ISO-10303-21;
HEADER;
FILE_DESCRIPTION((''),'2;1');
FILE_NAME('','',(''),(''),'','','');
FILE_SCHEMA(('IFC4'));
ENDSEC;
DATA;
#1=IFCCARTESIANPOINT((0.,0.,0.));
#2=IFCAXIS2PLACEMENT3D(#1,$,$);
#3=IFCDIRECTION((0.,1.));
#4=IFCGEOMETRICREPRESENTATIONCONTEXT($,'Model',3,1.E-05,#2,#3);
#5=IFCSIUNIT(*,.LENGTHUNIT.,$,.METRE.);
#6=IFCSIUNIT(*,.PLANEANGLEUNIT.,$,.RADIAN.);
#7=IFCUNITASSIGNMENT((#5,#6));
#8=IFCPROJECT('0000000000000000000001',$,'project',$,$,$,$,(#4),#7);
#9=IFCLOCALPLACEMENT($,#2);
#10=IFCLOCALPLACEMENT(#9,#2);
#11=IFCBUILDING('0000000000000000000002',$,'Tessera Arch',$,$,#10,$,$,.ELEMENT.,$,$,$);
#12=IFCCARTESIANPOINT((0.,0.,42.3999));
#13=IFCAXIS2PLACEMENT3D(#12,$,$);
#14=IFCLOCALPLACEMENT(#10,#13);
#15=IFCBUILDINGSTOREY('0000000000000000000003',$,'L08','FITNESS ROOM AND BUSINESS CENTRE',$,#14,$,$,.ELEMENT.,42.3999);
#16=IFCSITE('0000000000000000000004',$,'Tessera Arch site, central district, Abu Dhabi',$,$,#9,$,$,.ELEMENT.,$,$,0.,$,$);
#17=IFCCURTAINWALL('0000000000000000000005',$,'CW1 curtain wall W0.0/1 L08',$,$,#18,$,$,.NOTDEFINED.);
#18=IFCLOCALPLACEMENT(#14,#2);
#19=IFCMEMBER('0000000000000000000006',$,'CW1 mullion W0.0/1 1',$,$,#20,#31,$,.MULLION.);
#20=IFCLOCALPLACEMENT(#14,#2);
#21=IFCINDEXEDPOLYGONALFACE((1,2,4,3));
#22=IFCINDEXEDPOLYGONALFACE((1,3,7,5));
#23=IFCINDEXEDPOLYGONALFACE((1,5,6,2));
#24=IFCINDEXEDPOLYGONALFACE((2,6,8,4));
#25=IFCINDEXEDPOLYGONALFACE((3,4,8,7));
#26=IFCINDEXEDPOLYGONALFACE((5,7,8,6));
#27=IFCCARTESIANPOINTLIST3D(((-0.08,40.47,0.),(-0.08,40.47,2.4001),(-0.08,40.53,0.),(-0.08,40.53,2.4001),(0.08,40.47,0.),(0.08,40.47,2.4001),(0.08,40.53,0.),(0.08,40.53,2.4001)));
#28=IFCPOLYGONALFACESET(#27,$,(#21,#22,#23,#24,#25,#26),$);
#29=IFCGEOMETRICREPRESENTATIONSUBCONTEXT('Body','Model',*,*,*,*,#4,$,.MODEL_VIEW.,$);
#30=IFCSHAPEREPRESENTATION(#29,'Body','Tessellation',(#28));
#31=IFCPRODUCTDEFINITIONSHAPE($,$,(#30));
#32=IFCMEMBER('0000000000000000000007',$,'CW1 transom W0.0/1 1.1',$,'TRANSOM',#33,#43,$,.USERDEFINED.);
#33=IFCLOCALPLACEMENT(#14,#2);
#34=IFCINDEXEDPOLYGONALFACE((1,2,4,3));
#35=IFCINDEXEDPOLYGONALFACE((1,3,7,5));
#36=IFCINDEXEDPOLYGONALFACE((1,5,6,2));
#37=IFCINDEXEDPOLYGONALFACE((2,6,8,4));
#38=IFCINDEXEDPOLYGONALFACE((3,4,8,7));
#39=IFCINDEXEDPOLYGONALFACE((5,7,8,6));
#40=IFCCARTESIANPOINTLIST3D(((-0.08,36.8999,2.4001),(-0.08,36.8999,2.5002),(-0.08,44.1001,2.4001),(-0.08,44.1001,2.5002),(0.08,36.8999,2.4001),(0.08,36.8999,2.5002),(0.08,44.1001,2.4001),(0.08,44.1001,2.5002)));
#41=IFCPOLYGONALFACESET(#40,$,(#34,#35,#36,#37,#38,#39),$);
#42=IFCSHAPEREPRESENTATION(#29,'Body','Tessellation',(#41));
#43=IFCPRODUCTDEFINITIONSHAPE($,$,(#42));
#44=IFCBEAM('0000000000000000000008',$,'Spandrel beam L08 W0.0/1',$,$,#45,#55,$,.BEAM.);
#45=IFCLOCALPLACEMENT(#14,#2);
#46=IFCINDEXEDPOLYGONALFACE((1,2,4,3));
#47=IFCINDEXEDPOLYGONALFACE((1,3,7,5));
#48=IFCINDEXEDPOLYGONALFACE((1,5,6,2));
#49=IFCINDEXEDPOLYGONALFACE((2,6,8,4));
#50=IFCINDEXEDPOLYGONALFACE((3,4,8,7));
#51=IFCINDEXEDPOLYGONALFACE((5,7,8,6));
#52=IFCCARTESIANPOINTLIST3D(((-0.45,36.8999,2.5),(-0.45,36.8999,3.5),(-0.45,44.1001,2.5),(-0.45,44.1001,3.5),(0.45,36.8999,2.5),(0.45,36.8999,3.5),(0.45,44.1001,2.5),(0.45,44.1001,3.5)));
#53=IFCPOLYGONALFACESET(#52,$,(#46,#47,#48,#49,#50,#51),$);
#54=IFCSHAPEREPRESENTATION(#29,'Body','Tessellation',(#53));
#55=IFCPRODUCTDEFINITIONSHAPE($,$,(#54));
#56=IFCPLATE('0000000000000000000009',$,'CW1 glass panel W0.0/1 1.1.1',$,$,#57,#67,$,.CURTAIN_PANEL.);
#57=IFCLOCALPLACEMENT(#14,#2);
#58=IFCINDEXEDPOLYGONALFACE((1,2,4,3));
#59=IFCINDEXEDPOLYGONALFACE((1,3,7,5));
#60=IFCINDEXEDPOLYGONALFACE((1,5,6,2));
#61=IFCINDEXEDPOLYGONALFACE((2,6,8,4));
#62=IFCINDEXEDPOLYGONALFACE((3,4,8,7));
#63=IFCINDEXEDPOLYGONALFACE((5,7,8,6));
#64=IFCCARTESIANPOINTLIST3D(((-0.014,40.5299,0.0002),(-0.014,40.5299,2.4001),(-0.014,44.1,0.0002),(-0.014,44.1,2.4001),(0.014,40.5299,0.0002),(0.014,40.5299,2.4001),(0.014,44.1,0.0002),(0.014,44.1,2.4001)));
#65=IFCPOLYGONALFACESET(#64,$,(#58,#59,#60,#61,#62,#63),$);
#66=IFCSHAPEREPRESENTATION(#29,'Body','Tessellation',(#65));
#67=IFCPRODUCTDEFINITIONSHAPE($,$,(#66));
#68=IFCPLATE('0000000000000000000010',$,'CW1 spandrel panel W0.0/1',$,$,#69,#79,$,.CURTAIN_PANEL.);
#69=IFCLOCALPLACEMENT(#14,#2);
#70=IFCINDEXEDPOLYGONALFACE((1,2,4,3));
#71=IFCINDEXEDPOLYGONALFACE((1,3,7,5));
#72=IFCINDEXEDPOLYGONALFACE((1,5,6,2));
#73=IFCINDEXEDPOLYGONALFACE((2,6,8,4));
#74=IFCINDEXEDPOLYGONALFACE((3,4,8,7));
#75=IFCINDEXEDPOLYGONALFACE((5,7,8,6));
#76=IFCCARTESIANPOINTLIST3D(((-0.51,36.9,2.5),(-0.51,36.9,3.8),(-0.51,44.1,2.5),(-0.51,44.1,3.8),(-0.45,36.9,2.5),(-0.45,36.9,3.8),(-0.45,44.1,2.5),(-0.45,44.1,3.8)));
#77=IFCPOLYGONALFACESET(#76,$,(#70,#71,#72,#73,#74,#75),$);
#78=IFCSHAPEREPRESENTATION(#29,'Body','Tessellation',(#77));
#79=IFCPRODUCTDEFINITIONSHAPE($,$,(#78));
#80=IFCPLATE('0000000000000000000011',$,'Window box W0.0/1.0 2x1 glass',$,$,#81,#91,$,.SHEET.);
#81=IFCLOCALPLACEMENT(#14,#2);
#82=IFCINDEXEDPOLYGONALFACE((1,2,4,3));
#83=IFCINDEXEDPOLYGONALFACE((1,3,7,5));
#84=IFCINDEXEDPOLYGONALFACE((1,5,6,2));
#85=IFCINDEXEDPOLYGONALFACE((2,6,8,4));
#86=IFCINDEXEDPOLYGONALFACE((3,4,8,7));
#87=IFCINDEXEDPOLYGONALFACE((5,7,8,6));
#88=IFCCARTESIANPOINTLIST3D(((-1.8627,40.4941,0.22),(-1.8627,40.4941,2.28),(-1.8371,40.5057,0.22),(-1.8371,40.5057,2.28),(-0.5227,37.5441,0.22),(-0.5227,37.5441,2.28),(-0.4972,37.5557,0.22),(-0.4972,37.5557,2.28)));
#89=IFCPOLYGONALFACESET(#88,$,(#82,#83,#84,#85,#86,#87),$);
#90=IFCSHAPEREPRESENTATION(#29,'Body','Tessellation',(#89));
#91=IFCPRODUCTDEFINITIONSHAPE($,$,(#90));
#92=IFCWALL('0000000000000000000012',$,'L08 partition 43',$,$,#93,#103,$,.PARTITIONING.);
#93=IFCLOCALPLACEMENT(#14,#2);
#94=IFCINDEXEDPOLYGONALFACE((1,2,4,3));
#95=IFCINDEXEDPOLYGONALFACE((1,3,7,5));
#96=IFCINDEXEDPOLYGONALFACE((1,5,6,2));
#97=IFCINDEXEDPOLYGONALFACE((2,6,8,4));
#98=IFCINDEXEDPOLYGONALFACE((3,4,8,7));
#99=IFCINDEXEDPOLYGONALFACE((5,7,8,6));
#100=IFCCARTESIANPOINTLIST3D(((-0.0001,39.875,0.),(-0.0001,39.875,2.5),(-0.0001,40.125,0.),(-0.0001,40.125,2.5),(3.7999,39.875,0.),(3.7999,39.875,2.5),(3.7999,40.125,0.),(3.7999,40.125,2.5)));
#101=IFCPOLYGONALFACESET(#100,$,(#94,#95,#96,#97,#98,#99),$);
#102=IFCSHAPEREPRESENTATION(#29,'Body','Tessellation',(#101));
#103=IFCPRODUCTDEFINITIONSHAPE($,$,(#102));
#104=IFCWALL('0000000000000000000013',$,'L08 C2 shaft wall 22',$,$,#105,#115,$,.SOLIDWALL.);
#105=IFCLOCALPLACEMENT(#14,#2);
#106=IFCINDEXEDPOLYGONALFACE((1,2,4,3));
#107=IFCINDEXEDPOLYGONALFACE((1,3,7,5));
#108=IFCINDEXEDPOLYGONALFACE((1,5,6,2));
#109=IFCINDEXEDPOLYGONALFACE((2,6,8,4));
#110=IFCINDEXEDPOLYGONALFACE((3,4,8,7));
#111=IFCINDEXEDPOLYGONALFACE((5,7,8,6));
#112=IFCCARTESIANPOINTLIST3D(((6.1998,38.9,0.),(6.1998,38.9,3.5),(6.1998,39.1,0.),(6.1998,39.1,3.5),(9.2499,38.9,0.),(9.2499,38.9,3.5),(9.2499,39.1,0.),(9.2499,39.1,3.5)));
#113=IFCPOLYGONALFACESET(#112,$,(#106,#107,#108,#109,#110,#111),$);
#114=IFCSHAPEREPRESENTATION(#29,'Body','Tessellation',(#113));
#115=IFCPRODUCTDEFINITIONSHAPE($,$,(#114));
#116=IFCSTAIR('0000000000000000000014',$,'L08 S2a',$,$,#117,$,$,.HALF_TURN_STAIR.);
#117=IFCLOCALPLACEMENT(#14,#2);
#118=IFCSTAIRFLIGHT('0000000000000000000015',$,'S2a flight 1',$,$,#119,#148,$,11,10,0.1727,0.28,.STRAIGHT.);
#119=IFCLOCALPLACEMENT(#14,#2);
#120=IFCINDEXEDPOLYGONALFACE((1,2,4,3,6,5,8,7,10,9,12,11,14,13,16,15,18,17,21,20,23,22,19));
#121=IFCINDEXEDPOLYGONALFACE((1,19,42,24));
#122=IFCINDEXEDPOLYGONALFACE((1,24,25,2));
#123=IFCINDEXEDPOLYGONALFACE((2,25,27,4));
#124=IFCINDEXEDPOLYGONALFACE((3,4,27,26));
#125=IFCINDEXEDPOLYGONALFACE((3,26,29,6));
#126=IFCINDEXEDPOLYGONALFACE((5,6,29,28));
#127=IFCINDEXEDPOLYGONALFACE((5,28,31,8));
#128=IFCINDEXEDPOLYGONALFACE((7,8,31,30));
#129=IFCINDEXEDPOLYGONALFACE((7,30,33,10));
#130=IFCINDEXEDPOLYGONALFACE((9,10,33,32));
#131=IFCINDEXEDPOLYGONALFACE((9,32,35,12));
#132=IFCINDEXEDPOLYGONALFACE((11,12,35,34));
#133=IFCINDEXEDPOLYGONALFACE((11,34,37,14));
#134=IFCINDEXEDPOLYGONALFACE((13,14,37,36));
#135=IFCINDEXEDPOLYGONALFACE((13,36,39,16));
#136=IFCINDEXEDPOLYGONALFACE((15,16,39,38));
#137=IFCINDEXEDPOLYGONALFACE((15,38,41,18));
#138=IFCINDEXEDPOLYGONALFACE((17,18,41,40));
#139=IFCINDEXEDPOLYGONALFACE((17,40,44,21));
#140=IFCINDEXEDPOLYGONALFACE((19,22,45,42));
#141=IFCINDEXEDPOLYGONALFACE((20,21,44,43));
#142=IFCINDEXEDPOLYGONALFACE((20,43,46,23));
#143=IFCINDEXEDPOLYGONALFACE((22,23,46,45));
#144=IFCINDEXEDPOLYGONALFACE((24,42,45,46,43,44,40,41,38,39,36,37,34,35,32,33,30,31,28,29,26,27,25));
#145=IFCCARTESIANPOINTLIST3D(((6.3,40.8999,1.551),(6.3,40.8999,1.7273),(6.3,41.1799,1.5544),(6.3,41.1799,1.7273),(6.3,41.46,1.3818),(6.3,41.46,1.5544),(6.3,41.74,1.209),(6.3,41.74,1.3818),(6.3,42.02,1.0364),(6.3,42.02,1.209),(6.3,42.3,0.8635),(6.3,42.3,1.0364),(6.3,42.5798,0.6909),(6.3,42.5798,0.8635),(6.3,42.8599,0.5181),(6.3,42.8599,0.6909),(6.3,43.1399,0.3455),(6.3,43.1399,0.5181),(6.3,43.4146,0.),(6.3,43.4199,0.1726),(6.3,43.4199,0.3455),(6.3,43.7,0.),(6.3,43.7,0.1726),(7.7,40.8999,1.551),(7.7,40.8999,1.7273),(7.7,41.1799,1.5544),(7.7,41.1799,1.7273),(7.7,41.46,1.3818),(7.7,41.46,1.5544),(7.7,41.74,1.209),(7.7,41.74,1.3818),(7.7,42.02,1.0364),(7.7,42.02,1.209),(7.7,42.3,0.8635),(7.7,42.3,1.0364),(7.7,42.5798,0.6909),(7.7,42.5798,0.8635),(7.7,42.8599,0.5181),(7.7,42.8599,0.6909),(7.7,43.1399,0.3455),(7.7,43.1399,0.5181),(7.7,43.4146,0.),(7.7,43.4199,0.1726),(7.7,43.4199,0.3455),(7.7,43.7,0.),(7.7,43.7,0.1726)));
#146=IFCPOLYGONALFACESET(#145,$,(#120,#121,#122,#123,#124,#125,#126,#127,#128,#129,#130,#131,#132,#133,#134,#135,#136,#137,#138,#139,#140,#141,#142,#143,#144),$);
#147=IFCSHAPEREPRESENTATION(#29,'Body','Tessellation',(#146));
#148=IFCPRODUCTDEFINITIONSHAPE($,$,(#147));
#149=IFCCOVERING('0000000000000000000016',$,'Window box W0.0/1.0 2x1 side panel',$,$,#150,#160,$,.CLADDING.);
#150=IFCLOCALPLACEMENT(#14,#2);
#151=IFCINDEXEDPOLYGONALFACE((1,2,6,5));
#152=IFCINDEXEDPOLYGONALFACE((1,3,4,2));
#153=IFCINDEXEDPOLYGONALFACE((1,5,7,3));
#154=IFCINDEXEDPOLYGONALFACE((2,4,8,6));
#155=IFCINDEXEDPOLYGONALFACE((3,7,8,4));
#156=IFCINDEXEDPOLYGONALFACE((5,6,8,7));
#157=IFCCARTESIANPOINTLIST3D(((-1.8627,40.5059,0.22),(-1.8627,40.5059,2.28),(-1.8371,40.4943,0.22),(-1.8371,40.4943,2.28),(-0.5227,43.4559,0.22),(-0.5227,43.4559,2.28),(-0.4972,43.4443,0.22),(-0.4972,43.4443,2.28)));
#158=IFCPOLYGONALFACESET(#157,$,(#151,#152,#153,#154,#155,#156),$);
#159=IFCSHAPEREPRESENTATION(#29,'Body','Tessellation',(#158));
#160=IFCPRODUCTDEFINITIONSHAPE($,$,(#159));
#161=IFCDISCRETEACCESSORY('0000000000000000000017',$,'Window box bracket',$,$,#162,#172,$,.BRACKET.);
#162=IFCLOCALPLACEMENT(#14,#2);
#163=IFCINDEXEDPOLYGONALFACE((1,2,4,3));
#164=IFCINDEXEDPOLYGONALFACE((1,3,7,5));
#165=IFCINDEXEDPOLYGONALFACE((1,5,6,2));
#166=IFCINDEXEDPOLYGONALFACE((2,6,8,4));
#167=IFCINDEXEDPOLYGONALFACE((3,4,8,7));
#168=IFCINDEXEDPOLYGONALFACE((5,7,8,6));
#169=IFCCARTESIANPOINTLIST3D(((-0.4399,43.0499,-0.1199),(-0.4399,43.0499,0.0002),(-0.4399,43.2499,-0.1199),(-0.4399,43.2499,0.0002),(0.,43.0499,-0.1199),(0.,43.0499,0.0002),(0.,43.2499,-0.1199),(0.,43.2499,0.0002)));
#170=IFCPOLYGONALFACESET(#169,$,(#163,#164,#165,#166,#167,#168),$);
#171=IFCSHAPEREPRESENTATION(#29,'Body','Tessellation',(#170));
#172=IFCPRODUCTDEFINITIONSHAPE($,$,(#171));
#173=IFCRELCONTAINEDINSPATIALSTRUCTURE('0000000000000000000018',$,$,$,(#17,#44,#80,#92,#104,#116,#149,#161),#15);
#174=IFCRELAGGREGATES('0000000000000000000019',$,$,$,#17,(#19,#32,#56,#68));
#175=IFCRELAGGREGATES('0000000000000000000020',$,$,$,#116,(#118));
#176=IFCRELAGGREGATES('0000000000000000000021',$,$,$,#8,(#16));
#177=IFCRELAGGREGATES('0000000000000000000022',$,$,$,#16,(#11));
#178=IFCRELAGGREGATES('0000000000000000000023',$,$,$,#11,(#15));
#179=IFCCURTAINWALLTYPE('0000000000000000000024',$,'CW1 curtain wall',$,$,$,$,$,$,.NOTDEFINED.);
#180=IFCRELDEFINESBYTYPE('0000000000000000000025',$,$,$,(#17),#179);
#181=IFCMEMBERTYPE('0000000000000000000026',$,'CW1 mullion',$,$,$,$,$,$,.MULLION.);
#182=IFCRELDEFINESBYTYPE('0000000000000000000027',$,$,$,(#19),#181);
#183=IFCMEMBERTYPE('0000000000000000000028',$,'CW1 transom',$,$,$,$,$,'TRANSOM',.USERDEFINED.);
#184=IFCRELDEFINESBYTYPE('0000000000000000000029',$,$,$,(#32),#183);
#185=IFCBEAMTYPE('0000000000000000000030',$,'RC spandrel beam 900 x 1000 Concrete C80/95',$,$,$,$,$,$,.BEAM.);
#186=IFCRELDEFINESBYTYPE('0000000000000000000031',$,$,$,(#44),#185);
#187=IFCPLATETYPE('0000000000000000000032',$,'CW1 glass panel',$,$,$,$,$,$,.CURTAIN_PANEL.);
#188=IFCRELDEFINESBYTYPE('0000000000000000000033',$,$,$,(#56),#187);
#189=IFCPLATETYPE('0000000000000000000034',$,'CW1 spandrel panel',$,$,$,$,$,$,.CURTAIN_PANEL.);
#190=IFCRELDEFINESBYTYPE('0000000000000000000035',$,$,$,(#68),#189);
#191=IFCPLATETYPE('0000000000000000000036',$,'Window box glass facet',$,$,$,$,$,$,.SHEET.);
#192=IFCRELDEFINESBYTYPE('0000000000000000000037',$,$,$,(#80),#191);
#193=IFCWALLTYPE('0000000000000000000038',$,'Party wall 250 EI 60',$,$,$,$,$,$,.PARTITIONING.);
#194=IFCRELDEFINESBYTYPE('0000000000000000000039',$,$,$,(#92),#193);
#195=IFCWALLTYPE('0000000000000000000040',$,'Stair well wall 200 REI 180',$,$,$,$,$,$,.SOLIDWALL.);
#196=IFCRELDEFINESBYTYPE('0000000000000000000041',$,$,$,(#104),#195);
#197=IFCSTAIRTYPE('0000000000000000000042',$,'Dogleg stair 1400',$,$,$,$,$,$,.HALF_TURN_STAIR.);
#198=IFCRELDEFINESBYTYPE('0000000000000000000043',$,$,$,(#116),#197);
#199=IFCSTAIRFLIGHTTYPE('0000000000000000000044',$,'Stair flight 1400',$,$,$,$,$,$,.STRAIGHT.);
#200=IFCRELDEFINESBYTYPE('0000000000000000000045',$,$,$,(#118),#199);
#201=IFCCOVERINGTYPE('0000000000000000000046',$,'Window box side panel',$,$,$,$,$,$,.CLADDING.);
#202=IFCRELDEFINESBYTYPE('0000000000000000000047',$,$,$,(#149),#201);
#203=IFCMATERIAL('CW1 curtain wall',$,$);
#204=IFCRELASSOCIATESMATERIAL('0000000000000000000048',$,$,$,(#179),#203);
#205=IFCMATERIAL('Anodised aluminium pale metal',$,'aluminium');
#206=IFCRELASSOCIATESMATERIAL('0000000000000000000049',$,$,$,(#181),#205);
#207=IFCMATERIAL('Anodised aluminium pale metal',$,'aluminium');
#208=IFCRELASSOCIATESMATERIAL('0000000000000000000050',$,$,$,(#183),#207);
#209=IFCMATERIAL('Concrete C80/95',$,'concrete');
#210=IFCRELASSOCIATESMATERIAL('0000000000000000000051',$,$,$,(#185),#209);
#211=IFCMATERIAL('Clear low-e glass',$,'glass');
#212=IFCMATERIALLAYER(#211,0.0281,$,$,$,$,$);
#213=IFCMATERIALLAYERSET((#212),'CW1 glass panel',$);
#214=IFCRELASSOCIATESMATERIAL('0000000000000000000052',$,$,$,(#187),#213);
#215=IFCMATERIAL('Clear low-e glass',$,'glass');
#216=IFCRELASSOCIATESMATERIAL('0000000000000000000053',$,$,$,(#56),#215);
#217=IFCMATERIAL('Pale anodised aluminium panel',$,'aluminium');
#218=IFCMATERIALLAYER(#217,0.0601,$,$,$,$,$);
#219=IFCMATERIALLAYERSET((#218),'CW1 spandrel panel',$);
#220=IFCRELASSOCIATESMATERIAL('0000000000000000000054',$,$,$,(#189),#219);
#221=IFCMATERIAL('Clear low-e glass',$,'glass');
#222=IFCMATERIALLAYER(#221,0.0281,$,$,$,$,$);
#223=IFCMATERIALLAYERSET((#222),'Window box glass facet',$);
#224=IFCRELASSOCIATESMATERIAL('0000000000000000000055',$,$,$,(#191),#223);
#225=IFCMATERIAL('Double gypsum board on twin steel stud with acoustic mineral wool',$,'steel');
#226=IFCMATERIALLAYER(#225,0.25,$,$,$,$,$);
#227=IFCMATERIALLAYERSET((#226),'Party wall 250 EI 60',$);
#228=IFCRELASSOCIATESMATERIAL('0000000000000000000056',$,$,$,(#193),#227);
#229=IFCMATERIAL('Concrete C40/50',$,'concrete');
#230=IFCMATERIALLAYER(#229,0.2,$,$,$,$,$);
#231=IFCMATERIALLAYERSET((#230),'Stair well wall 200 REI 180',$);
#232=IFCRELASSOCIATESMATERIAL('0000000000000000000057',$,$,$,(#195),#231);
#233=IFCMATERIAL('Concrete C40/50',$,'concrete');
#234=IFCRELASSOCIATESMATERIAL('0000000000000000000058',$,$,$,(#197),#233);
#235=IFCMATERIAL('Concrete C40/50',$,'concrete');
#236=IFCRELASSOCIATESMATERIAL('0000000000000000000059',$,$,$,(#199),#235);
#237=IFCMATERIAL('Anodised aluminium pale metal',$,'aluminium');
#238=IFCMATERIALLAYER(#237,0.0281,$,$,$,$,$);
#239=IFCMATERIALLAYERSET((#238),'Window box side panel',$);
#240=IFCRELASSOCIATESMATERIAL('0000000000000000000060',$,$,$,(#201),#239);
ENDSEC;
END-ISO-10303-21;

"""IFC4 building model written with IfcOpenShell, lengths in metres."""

from ifc_helpers import new_model, si_unit, direction, frame, frame_2d, origin, origin_2d, place, context, subcontext, project, spatial, polyline, rectangle, outline, extrude, material, layer, layer_set, material_profile, profile_set, type_object, element, aggregate, save


model = new_model("IFC4")

# Units and contexts
model_context = context("Model", 3, precision=1e-05, world=origin(), true_north=direction((0.0, 1.0)))
body_context = subcontext(model_context, "Body", "Model", "MODEL_VIEW")
ifc_project = project(units=[si_unit("LENGTHUNIT", "METRE"), si_unit("PLANEANGLEUNIT", "RADIAN")], contexts=[model_context])

# Site, building, storey
site_placement = place(None, origin())
site = spatial("IfcSite", under=ifc_project, at=site_placement, Name="Tessera Arch site, central district, Abu Dhabi", CompositionType="ELEMENT", RefElevation=0.0)
building_placement = place(site_placement, origin())
building = spatial("IfcBuilding", under=site, at=building_placement, Name="Tessera Arch", CompositionType="ELEMENT")
storey_placement = place(building_placement, frame((0.0, 0.0, 42.3999)))
storey = spatial("IfcBuildingStorey", under=building, at=storey_placement, Name="L08", Description="FITNESS ROOM AND BUSINESS CENTRE", CompositionType="ELEMENT", Elevation=42.3999)

# Curtain wall, members
ifc_material_1 = material(Name="CW1 curtain wall")
curtain_wall_type = type_object("IfcCurtainWallType", Name="CW1 curtain wall", PredefinedType="NOTDEFINED", material=ifc_material_1)
curtain_wall_placement = place(storey_placement, origin())
curtain_wall = element("IfcCurtainWall", 1, at=curtain_wall_placement, inside=storey, type_object=curtain_wall_type, Name="CW1 curtain wall W0.0/1 L08", PredefinedType="NOTDEFINED")
ifc_material_2 = material(Name="Anodised aluminium pale metal", Category="aluminium")
ifc_material_profile_1 = material_profile(ifc_material_2, rectangle(XDim=0.1599, YDim=0.0601, at=origin_2d()), Name="AL 60x160")
ifc_profile_set_1 = profile_set([ifc_material_profile_1], Name="Anodised aluminium pale metal")
member_type_1 = type_object("IfcMemberType", Name="CW1 mullion", PredefinedType="MULLION", material=ifc_profile_set_1)
member_1_placement = place(storey_placement, frame((0.0, 40.5, 0.0), z_axis=(0.0, 0.0, 1.0), x_axis=(1.0, 0.0, 0.0)))
member_1 = element("IfcMember", 2, at=member_1_placement, type_object=member_type_1, Name="CW1 mullion W0.0/1 1", PredefinedType="MULLION", context=body_context, shape_type="SweptSolid", body=[
    extrude(rectangle(XDim=0.1599, YDim=0.0601, at=origin_2d()), origin(), (0.0, 0.0, 1.0), 2.4001),
])
ifc_material_3 = material(Name="Anodised aluminium pale metal", Category="aluminium")
ifc_material_profile_2 = material_profile(ifc_material_3, rectangle(XDim=0.1599, YDim=0.1001, at=origin_2d()), Name="AL 160x100")
ifc_profile_set_2 = profile_set([ifc_material_profile_2], Name="Anodised aluminium pale metal")
member_type_2 = type_object("IfcMemberType", Name="CW1 transom", ElementType="TRANSOM", PredefinedType="USERDEFINED", material=ifc_profile_set_2)
member_2_placement = place(storey_placement, frame((0.0, 44.1001, 2.4502), z_axis=(0.0, -1.0, 0.0), x_axis=(1.0, 0.0, 0.0)))
member_2 = element("IfcMember", 3, at=member_2_placement, type_object=member_type_2, Name="CW1 transom W0.0/1 1.1", ObjectType="TRANSOM", PredefinedType="USERDEFINED", context=body_context, shape_type="SweptSolid", body=[
    extrude(rectangle(XDim=0.1599, YDim=0.1001, at=origin_2d()), origin(), (0.0, 0.0, 1.0), 7.2002),
])

# Beam
ifc_material_4 = material(Name="Concrete C80/95", Category="concrete")
ifc_material_profile_3 = material_profile(ifc_material_4, rectangle(XDim=0.8999, YDim=1.0, at=origin_2d()), Name="RC spandrel beam 900 x 1000 Concrete C80/95")
ifc_profile_set_3 = profile_set([ifc_material_profile_3], Name="Concrete C80/95")
beam_type = type_object("IfcBeamType", Name="RC spandrel beam 900 x 1000 Concrete C80/95", PredefinedType="BEAM", material=ifc_profile_set_3)
beam_placement = place(storey_placement, frame((0.0, 44.1001, 3.0), z_axis=(0.0, -1.0, 0.0), x_axis=(1.0, 0.0, 0.0)))
element("IfcBeam", 4, at=beam_placement, inside=storey, type_object=beam_type, Name="Spandrel beam L08 W0.0/1", PredefinedType="BEAM", context=body_context, shape_type="SweptSolid", body=[
    extrude(rectangle(XDim=0.8999, YDim=1.0, at=origin_2d()), origin(), (0.0, 0.0, 1.0), 7.2002),
])

# Plates
ifc_material_5 = material(Name="Clear low-e glass", Category="glass")
ifc_material_6 = material(Name="Clear low-e glass", Category="glass")
ifc_layer_1 = layer(ifc_material_6, 0.0281)
ifc_layer_set_1 = layer_set([ifc_layer_1], Name="CW1 glass panel")
plate_type_1 = type_object("IfcPlateType", Name="CW1 glass panel", PredefinedType="CURTAIN_PANEL", material=ifc_layer_set_1)
plate_1_placement = place(storey_placement, frame((0.0, 42.3149, 0.0002), z_axis=(0.0, 0.0, 1.0), x_axis=(0.0, -1.0, 0.0)))
plate_1 = element("IfcPlate", 5, at=plate_1_placement, type_object=plate_type_1, material=ifc_material_5, Name="CW1 glass panel W0.0/1 1.1.1", PredefinedType="CURTAIN_PANEL", context=body_context, shape_type="SweptSolid", body=[
    extrude(rectangle(XDim=3.5701, YDim=0.0281, at=origin_2d()), origin(), (0.0, 0.0, 1.0), 2.3999),
])
ifc_material_7 = material(Name="Pale anodised aluminium panel", Category="aluminium")
ifc_layer_2 = layer(ifc_material_7, 0.0601)
ifc_layer_set_2 = layer_set([ifc_layer_2], Name="CW1 spandrel panel")
plate_type_2 = type_object("IfcPlateType", Name="CW1 spandrel panel", PredefinedType="CURTAIN_PANEL", material=ifc_layer_set_2)
plate_2_placement = place(storey_placement, frame((-0.48, 40.5, 2.5), z_axis=(0.0, 0.0, 1.0), x_axis=(0.0, -1.0, 0.0)))
plate_2 = element("IfcPlate", 6, at=plate_2_placement, type_object=plate_type_2, Name="CW1 spandrel panel W0.0/1", PredefinedType="CURTAIN_PANEL", context=body_context, shape_type="SweptSolid", body=[
    extrude(rectangle(XDim=7.2, YDim=0.0601, at=origin_2d()), origin(), (0.0, 0.0, 1.0), 1.3),
])
aggregate(curtain_wall, [member_1, member_2, plate_1, plate_2])
ifc_material_8 = material(Name="Clear low-e glass", Category="glass")
ifc_layer_3 = layer(ifc_material_8, 0.0281)
ifc_layer_set_3 = layer_set([ifc_layer_3], Name="Window box glass facet")
plate_type_3 = type_object("IfcPlateType", Name="Window box glass facet", PredefinedType="SHEET", material=ifc_layer_set_3)
plate_3_placement = place(storey_placement, frame((-1.1799, 39.0249, 0.22), z_axis=(0.0, 0.0, 1.0), x_axis=(-0.41357, 0.910472, 0.0)))
element("IfcPlate", 7, at=plate_3_placement, inside=storey, type_object=plate_type_3, Name="Window box W0.0/1.0 2x1 glass", PredefinedType="SHEET", context=body_context, shape_type="SweptSolid", body=[
    extrude(rectangle(XDim=3.24, YDim=0.0281, at=origin_2d()), origin(), (0.0, 0.0, 1.0), 2.0601),
])

# Walls
ifc_material_9 = material(Name="Double gypsum board on twin steel stud with acoustic mineral wool", Category="steel")
ifc_layer_4 = layer(ifc_material_9, 0.25)
ifc_layer_set_4 = layer_set([ifc_layer_4], Name="Party wall 250 EI 60")
wall_type_1 = type_object("IfcWallType", Name="Party wall 250 EI 60", PredefinedType="PARTITIONING", material=ifc_layer_set_4)
wall_1_placement = place(storey_placement, frame((0.0, 40.0, 0.0), z_axis=(0.0, 0.0, 1.0), x_axis=(1.0, 0.0, 0.0)))
element("IfcWall", 8, at=wall_1_placement, inside=storey, type_object=wall_type_1, Name="L08 partition 43", PredefinedType="PARTITIONING", context=body_context, shape_type="SweptSolid", body=[
    extrude(rectangle(XDim=3.8, YDim=0.25, at=frame_2d((1.8999, 0.0))), origin(), (0.0, 0.0, 1.0), 2.5),
])
ifc_material_10 = material(Name="Concrete C40/50", Category="concrete")
ifc_layer_5 = layer(ifc_material_10, 0.2)
ifc_layer_set_5 = layer_set([ifc_layer_5], Name="Stair well wall 200 REI 180")
wall_type_2 = type_object("IfcWallType", Name="Stair well wall 200 REI 180", PredefinedType="SOLIDWALL", material=ifc_layer_set_5)
wall_2_placement = place(storey_placement, frame((6.2, 39.0, 0.0), z_axis=(0.0, 0.0, 1.0), x_axis=(1.0, 0.0, 0.0)))
element("IfcWall", 9, at=wall_2_placement, inside=storey, type_object=wall_type_2, Name="L08 C2 shaft wall 22", PredefinedType="SOLIDWALL", context=body_context, shape_type="SweptSolid", body=[
    extrude(rectangle(XDim=3.05, YDim=0.2, at=frame_2d((1.5249, 0.0))), origin(), (0.0, 0.0, 1.0), 3.5),
])

# Stair, stair flight
ifc_material_11 = material(Name="Concrete C40/50", Category="concrete")
stair_type = type_object("IfcStairType", Name="Dogleg stair 1400", PredefinedType="HALF_TURN_STAIR", material=ifc_material_11)
stair_placement = place(storey_placement, origin())
stair = element("IfcStair", 10, at=stair_placement, inside=storey, type_object=stair_type, Name="L08 S2a", PredefinedType="HALF_TURN_STAIR")
ifc_material_12 = material(Name="Concrete C40/50", Category="concrete")
stair_flight_type = type_object("IfcStairFlightType", Name="Stair flight 1400", PredefinedType="STRAIGHT", material=ifc_material_12)
stair_flight_placement = place(storey_placement, frame((7.0, 43.7, 0.0), z_axis=(0.0, 0.0, 1.0), x_axis=(0.0, -1.0, 0.0)))
stair_flight = element("IfcStairFlight", 11, at=stair_flight_placement, type_object=stair_flight_type, Name="S2a flight 1", NumberOfRisers=11, NumberOfTreads=10, PredefinedType="STRAIGHT", RiserHeight=0.1727, TreadLength=0.28, context=body_context, shape_type="SweptSolid", body=[
    extrude(outline(polyline([(0.0, 0.0), (0.0, 0.1726), (0.28, 0.1726), (0.28, 0.3455), (0.5601, 0.3455), (0.5601, 0.5181), (0.8401, 0.5181), (0.8401, 0.6909), (1.1201, 0.6909), (1.1201, 0.8635), (1.3999, 0.8635), (1.3999, 1.0364), (1.6799, 1.0364), (1.6799, 1.209), (1.96, 1.209), (1.96, 1.3818), (2.24, 1.3818), (2.24, 1.5544), (2.52, 1.5544), (2.52, 1.7273), (2.8, 1.7273), (2.8, 1.8999), (2.8, 1.551), (0.2854, 0.0), (0.0, 0.0)])), frame((0.0, 0.7, 0.0), z_axis=(0.0, -1.0, 0.0), x_axis=(1.0, 0.0, 0.0)), (0.0, 0.0, 1.0), 1.3999),
])
aggregate(stair, [stair_flight])

# Covering
ifc_material_13 = material(Name="Anodised aluminium pale metal", Category="aluminium")
ifc_layer_6 = layer(ifc_material_13, 0.0281)
ifc_layer_set_6 = layer_set([ifc_layer_6], Name="Window box side panel")
covering_type = type_object("IfcCoveringType", Name="Window box side panel", PredefinedType="CLADDING", material=ifc_layer_set_6)
covering_placement = place(storey_placement, frame((-1.1799, 41.9751, 0.22), z_axis=(0.0, 0.0, 1.0), x_axis=(-0.41357, -0.910472, 0.0)))
element("IfcCovering", 12, at=covering_placement, inside=storey, type_object=covering_type, Name="Window box W0.0/1.0 2x1 side panel", PredefinedType="CLADDING", context=body_context, shape_type="SweptSolid", body=[
    extrude(rectangle(XDim=3.24, YDim=0.0281, at=origin_2d()), origin(), (0.0, 0.0, 1.0), 2.0601),
])

# Discrete accessory
for number, where, z_axis, x_axis, name in (
    (13, (-0.22, 43.1499, -0.1199), (0.0, 0.0, 1.0), (-1.0, 0.0, 0.0), "Window box bracket"),
):
    element("IfcDiscreteAccessory", number, at=place(storey_placement, frame(where, z_axis=z_axis, x_axis=x_axis)), inside=storey, Name=name, PredefinedType="BRACKET", context=body_context, shape_type="SweptSolid", body=[
        extrude(rectangle(XDim=0.4399, YDim=0.2, at=origin_2d()), origin(), (0.0, 0.0, 1.0), 0.1201),
    ])

save(model, "model.ifc")
